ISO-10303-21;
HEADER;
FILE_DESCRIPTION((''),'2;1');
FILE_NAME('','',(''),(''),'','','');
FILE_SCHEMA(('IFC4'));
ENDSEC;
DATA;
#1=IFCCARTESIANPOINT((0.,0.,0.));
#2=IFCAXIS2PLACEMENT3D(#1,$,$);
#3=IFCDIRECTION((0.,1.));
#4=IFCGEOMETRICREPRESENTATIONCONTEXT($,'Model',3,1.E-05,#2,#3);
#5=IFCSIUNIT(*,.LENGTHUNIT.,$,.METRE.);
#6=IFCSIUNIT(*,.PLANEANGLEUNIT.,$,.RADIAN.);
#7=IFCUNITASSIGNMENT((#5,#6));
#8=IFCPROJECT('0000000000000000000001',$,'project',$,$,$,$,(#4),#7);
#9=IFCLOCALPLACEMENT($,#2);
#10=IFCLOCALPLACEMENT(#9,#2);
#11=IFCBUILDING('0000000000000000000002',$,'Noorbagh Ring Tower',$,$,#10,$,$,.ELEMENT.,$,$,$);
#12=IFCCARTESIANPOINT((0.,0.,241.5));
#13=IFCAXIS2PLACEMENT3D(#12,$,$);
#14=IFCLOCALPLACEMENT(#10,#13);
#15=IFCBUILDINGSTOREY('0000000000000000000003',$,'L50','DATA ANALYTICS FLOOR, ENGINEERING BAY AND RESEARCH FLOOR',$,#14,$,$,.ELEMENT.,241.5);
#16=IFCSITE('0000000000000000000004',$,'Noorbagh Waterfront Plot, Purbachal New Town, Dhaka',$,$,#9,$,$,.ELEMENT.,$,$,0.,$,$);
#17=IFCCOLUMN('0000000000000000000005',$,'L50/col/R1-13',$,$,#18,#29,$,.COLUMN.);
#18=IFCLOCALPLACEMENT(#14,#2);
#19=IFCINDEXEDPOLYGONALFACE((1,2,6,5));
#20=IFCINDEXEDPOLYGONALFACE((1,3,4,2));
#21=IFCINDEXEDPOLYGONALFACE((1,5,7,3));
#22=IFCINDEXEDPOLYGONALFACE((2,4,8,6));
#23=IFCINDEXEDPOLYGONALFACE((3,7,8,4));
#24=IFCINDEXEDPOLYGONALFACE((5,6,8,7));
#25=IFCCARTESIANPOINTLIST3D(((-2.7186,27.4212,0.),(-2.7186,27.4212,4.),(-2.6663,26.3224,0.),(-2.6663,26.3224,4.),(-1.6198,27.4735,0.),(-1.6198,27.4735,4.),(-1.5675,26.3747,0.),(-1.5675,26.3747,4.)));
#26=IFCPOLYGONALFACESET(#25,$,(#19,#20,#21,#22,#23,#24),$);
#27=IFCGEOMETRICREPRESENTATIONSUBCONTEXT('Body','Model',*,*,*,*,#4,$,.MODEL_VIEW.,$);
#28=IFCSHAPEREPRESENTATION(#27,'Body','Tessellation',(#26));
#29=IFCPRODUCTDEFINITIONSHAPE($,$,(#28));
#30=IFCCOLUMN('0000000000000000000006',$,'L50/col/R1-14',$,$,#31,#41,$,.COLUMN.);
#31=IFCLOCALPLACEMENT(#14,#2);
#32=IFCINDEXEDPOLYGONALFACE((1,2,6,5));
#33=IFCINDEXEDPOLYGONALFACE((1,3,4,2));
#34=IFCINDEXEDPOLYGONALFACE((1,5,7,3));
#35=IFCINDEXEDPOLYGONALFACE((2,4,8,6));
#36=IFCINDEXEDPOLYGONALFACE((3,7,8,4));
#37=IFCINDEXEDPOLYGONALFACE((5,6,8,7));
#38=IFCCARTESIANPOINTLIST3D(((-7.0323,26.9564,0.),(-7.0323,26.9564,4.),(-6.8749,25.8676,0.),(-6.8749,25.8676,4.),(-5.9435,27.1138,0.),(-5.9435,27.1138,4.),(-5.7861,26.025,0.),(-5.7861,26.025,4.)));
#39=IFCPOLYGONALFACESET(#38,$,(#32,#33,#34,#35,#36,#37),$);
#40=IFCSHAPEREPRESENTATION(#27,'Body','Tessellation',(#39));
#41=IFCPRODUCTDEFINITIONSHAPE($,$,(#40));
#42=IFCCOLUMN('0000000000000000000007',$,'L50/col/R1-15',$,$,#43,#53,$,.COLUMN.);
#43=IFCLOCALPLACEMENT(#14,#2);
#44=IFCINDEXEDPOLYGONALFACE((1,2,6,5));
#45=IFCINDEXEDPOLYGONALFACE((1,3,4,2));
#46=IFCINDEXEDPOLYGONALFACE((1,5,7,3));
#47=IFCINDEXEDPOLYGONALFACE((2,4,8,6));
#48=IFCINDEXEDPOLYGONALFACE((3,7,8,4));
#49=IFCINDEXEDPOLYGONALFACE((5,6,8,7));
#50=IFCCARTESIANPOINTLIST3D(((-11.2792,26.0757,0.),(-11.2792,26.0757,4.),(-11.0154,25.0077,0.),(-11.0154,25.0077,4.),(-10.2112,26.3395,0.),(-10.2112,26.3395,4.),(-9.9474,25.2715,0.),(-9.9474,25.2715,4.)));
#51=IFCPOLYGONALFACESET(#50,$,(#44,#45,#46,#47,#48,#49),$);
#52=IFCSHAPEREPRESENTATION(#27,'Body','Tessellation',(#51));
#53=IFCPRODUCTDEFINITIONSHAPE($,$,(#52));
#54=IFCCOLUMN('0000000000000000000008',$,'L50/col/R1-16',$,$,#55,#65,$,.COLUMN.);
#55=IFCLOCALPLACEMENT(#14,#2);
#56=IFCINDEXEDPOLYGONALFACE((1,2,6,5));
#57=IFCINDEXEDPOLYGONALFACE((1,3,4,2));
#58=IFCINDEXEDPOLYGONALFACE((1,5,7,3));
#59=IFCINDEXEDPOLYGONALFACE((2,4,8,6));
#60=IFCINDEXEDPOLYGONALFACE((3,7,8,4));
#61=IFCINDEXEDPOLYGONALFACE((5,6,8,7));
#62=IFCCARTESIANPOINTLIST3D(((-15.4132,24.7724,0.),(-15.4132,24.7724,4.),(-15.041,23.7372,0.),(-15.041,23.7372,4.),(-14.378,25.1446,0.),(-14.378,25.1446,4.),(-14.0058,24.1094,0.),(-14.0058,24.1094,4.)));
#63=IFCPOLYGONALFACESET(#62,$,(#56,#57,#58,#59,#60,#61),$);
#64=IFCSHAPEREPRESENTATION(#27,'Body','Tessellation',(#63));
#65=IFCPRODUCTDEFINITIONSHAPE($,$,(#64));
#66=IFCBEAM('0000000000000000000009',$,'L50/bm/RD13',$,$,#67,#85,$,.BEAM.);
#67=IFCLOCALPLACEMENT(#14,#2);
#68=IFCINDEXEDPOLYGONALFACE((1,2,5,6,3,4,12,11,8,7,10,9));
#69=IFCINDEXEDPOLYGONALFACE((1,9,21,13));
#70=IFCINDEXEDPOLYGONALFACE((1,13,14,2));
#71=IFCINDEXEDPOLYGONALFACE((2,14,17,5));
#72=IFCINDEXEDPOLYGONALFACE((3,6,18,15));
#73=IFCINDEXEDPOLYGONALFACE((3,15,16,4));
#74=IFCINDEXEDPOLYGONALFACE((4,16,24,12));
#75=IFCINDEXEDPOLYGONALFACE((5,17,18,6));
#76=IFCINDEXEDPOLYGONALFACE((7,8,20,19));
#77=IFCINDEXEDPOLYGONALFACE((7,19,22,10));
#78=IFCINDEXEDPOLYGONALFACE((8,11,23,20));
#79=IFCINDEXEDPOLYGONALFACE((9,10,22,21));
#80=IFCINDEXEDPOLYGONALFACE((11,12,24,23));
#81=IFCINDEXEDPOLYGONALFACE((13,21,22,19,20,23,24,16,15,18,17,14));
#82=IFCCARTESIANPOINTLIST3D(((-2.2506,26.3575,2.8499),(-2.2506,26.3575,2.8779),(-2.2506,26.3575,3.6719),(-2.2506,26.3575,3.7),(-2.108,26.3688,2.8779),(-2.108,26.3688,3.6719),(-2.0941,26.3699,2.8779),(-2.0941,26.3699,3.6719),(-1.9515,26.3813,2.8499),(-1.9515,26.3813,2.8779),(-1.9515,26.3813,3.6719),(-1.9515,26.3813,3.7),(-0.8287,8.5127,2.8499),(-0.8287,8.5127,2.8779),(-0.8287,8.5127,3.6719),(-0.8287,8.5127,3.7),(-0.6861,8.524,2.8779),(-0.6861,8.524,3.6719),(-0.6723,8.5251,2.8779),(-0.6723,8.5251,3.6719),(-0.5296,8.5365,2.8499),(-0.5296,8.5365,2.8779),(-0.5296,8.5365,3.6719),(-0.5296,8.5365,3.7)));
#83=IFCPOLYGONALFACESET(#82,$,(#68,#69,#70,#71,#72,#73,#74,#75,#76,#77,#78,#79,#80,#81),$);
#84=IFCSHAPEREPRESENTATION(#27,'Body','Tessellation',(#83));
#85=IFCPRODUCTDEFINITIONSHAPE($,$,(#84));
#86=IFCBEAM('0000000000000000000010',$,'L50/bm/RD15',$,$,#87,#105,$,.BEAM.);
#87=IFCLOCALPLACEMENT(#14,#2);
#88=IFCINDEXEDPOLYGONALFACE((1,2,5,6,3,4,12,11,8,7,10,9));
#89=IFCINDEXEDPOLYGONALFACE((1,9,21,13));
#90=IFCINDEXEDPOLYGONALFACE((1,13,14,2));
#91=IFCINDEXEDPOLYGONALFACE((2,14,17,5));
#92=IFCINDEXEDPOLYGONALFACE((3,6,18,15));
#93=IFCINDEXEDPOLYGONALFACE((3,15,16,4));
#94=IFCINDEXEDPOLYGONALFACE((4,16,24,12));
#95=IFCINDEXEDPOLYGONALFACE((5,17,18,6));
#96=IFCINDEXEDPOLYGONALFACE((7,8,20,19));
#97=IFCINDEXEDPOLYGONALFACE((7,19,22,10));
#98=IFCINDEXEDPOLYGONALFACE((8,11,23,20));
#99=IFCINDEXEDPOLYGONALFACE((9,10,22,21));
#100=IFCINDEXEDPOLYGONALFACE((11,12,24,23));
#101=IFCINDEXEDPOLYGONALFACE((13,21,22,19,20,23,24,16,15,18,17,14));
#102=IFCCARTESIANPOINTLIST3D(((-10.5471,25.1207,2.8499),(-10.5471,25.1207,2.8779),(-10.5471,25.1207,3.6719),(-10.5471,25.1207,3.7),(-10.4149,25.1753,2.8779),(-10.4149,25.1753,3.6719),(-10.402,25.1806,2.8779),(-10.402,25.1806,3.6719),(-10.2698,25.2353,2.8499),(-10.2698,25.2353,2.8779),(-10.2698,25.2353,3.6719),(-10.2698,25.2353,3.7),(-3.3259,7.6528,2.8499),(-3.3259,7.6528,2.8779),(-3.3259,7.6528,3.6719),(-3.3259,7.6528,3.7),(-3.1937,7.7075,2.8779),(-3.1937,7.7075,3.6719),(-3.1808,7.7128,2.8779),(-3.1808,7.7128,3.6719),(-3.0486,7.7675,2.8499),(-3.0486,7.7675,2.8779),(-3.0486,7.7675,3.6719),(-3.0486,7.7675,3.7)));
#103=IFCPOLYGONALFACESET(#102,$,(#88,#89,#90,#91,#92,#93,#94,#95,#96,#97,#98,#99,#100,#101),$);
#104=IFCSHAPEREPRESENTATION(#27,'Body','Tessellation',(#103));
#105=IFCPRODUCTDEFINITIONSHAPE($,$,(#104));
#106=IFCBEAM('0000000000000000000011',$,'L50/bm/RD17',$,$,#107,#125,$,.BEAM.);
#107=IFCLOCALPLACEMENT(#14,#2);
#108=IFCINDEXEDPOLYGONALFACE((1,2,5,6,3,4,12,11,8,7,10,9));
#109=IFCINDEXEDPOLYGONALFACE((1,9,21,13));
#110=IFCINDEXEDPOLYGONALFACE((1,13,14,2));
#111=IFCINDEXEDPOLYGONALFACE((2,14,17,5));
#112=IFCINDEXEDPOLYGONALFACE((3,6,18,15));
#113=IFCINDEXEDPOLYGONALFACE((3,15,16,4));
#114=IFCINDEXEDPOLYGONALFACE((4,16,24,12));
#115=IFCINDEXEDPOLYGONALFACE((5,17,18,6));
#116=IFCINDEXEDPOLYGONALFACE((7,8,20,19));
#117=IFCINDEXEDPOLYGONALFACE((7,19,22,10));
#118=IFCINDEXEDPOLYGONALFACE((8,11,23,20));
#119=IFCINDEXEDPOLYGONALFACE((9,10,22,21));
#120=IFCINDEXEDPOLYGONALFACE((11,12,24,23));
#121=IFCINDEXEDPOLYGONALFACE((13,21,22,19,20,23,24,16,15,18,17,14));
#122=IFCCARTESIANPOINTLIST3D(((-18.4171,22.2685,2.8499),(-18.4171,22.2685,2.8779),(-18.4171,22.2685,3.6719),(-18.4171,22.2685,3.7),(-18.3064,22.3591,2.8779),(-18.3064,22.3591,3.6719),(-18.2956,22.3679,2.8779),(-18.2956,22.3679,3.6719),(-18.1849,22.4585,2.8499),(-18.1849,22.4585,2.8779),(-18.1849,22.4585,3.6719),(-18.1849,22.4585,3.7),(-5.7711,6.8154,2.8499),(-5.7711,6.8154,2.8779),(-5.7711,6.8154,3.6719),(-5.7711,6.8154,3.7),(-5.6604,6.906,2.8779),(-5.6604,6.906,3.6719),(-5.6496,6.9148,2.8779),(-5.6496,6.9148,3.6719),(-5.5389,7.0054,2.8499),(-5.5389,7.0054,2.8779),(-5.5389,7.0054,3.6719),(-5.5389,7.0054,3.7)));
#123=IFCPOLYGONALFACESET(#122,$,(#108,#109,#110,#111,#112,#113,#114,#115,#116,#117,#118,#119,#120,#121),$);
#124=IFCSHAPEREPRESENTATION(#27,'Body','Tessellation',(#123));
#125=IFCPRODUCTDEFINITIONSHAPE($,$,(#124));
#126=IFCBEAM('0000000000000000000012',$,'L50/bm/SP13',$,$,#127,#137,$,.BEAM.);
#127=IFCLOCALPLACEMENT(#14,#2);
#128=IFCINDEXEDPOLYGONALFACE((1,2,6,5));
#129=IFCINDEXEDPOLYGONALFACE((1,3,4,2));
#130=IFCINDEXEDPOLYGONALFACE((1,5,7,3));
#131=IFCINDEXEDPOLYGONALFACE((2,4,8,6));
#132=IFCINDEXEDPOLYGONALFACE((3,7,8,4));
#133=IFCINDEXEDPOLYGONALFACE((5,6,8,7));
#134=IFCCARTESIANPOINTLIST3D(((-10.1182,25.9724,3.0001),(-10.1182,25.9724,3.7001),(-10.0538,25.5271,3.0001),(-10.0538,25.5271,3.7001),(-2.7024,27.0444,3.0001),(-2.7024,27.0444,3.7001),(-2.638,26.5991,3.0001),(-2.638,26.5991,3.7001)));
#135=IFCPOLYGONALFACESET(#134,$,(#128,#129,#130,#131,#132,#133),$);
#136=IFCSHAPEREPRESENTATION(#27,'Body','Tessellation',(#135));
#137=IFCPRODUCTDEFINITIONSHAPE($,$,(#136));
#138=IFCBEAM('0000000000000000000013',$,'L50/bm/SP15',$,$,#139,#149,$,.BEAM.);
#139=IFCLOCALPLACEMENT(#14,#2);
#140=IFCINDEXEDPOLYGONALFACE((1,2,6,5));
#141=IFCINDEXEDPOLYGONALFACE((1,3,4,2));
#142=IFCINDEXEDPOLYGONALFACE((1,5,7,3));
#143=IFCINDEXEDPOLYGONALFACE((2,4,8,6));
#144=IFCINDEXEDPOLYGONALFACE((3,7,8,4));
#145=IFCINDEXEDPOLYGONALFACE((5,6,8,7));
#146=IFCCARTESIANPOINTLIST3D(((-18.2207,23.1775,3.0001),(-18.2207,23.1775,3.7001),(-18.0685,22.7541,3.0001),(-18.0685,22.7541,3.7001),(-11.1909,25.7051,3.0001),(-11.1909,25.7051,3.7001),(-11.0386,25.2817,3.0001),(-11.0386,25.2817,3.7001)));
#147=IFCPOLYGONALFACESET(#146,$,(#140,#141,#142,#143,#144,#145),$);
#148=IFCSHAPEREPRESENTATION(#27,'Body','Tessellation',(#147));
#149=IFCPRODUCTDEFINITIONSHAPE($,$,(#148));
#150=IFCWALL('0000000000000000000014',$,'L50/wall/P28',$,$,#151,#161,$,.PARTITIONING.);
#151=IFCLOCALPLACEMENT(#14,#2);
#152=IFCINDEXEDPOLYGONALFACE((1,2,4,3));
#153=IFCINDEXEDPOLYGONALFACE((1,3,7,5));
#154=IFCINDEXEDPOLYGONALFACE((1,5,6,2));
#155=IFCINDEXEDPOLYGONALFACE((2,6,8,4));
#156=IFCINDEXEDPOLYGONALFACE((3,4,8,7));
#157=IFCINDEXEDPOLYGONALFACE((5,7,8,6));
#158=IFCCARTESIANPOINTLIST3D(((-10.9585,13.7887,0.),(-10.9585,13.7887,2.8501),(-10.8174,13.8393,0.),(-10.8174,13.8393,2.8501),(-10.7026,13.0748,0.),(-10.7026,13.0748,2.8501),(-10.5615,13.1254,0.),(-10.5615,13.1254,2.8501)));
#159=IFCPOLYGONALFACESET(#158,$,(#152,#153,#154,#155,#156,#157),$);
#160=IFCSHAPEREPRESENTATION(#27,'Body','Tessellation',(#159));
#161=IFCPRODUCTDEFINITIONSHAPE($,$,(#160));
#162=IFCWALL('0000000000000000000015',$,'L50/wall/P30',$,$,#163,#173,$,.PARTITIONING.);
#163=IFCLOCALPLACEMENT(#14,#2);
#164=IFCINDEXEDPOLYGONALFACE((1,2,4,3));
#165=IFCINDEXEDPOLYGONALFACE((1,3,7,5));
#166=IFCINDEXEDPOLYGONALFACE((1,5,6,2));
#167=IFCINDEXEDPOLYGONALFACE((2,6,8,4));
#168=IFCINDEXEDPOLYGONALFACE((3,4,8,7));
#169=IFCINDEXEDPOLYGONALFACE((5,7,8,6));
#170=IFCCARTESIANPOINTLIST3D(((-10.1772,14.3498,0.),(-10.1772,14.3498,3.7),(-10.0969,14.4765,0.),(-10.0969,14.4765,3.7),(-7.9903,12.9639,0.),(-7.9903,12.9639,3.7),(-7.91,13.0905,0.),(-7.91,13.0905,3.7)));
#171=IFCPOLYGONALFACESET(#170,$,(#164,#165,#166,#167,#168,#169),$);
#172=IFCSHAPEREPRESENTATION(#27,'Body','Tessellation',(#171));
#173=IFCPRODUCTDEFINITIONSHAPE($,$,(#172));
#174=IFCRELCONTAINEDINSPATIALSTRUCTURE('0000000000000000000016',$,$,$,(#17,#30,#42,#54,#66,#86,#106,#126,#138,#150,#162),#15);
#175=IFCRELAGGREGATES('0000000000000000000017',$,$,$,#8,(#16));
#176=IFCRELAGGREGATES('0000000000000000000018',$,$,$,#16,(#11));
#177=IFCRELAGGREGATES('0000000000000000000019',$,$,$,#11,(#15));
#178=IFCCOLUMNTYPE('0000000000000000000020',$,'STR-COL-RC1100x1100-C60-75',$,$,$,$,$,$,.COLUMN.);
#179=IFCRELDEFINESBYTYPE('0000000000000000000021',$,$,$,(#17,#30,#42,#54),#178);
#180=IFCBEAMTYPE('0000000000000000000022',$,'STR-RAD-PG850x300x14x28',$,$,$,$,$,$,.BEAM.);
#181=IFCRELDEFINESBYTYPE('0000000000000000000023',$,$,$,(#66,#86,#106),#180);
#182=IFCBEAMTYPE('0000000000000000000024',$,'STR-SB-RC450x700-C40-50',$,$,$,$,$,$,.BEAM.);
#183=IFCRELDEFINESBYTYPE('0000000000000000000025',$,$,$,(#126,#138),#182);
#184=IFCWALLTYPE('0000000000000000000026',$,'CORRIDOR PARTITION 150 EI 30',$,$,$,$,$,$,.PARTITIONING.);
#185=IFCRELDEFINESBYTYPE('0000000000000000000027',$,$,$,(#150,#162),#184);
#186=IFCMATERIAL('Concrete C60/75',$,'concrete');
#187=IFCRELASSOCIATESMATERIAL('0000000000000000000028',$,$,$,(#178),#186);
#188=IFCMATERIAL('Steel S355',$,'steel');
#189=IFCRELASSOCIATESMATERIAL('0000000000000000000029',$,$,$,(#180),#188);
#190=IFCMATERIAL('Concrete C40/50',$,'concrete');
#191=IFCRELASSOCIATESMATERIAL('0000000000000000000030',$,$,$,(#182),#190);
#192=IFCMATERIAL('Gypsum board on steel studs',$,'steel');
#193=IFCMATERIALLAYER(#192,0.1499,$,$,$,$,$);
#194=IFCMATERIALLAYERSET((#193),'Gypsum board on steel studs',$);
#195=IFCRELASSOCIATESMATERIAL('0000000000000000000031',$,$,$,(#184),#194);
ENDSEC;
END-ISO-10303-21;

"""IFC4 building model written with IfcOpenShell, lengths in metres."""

from ifc_helpers import new_model, si_unit, direction, frame, frame_2d, origin, origin_2d, place, context, subcontext, project, spatial, rectangle, i_section, extrude, material, layer, layer_set, material_profile, profile_set, type_object, element, save


model = new_model("IFC4")

# Units and contexts
model_context = context("Model", 3, precision=1e-05, world=origin(), true_north=direction((0.0, 1.0)))
body_context = subcontext(model_context, "Body", "Model", "MODEL_VIEW")
ifc_project = project(units=[si_unit("LENGTHUNIT", "METRE"), si_unit("PLANEANGLEUNIT", "RADIAN")], contexts=[model_context])

# Site, building, storey
site_placement = place(None, origin())
site = spatial("IfcSite", under=ifc_project, at=site_placement, Name="Noorbagh Waterfront Plot, Purbachal New Town, Dhaka", CompositionType="ELEMENT", RefElevation=0.0)
building_placement = place(site_placement, origin())
building = spatial("IfcBuilding", under=site, at=building_placement, Name="Noorbagh Ring Tower", CompositionType="ELEMENT")
storey_placement = place(building_placement, frame((0.0, 0.0, 241.5)))
storey = spatial("IfcBuildingStorey", under=building, at=storey_placement, Name="L50", Description="DATA ANALYTICS FLOOR, ENGINEERING BAY AND RESEARCH FLOOR", CompositionType="ELEMENT", Elevation=241.5)

# Columns
ifc_material_1 = material(Name="Concrete C60/75", Category="concrete")
ifc_material_profile_1 = material_profile(ifc_material_1, rectangle(XDim=1.1001, YDim=1.1001, at=origin_2d()), Name="RC1100x1100")
ifc_profile_set_1 = profile_set([ifc_material_profile_1], Name="Concrete C60/75")
column_type = type_object("IfcColumnType", Name="STR-COL-RC1100x1100-C60-75", PredefinedType="COLUMN", material=ifc_profile_set_1)
for number, where, z_axis, x_axis, name in (
    (1, (-2.1431, 26.8979, 0.0), (0.0, 0.0, 1.0), (-0.998869, -0.047553, 0.0), "L50/col/R1-13"),
    (2, (-6.4092, 26.4907, 0.0), (0.0, 0.0, 1.0), (-0.989713, -0.143066, 0.0), "L50/col/R1-14"),
    (3, (-10.6133, 25.6736, 0.0), (0.0, 0.0, 1.0), (-0.970829, -0.239771, 0.0), "L50/col/R1-15"),
    (4, (-14.7095, 24.4409, 0.0), (0.0, 0.0, 1.0), (-0.941025, -0.338338, 0.0), "L50/col/R1-16"),
):
    element("IfcColumn", number, at=place(storey_placement, frame(where, z_axis=z_axis, x_axis=x_axis)), inside=storey, type_object=column_type, Name=name, PredefinedType="COLUMN", context=body_context, shape_type="SweptSolid", body=[
        extrude(rectangle(XDim=1.1001, YDim=1.1001, at=origin_2d()), origin(), (0.0, 0.0, 1.0), 4.0),
    ])

# Beams
ifc_material_2 = material(Name="Steel S355", Category="steel")
ifc_material_profile_2 = material_profile(ifc_material_2, i_section(OverallWidth=0.3, OverallDepth=0.8501, WebThickness=0.0139, FlangeThickness=0.0281, at=origin_2d()), Name="PG850x300x14x28")
ifc_profile_set_2 = profile_set([ifc_material_profile_2], Name="Steel S355")
beam_type_1 = type_object("IfcBeamType", Name="STR-RAD-PG850x300x14x28", PredefinedType="BEAM", material=ifc_profile_set_2)
beam_1_placement = place(storey_placement, frame((-2.1011, 26.3694, 3.2749), z_axis=(0.079429, -0.996841, 0.0), x_axis=(0.996841, 0.079429, 0.0)))
element("IfcBeam", 5, at=beam_1_placement, inside=storey, type_object=beam_type_1, Name="L50/bm/RD13", PredefinedType="BEAM", context=body_context, shape_type="SweptSolid", body=[
    extrude(i_section(OverallWidth=0.3, OverallDepth=0.8501, WebThickness=0.0139, FlangeThickness=0.0281, at=origin_2d()), origin(), (0.0, 0.0, 1.0), 17.9014),
])
beam_2_placement = place(storey_placement, frame((-10.4084, 25.178, 3.2749), z_axis=(0.382042, -0.924145, 0.0), x_axis=(0.924145, 0.382042, 0.0)))
element("IfcBeam", 6, at=beam_2_placement, inside=storey, type_object=beam_type_1, Name="L50/bm/RD15", PredefinedType="BEAM", context=body_context, shape_type="SweptSolid", body=[
    extrude(i_section(OverallWidth=0.3, OverallDepth=0.8501, WebThickness=0.0139, FlangeThickness=0.0281, at=origin_2d()), origin(), (0.0, 0.0, 1.0), 18.9016),
])
beam_3_placement = place(storey_placement, frame((-18.301, 22.3635, 3.2749), z_axis=(0.633314, -0.773895, 0.0), x_axis=(0.773895, 0.633314, 0.0)))
element("IfcBeam", 7, at=beam_3_placement, inside=storey, type_object=beam_type_1, Name="L50/bm/RD17", PredefinedType="BEAM", context=body_context, shape_type="SweptSolid", body=[
    extrude(i_section(OverallWidth=0.3, OverallDepth=0.8501, WebThickness=0.0139, FlangeThickness=0.0281, at=origin_2d()), origin(), (0.0, 0.0, 1.0), 19.968),
])
ifc_material_3 = material(Name="Concrete C40/50", Category="concrete")
ifc_material_profile_3 = material_profile(ifc_material_3, rectangle(XDim=0.45, YDim=0.7, at=origin_2d()), Name="RC450x700")
ifc_profile_set_3 = profile_set([ifc_material_profile_3], Name="Concrete C40/50")
beam_type_2 = type_object("IfcBeamType", Name="STR-SB-RC450x700-C40-50", PredefinedType="BEAM", material=ifc_profile_set_3)
beam_4_placement = place(storey_placement, frame((-2.6702, 26.8218, 3.3501), z_axis=(-0.989712, -0.143072, 0.0), x_axis=(0.143072, -0.989712, 0.0)))
element("IfcBeam", 8, at=beam_4_placement, inside=storey, type_object=beam_type_2, Name="L50/bm/SP13", PredefinedType="BEAM", context=body_context, shape_type="SweptSolid", body=[
    extrude(rectangle(XDim=0.45, YDim=0.7, at=origin_2d()), origin(), (0.0, 0.0, 1.0), 7.4929),
])
beam_5_placement = place(storey_placement, frame((-11.1147, 25.4934, 3.3501), z_axis=(-0.941021, -0.338348, 0.0), x_axis=(0.338348, -0.941021, 0.0)))
element("IfcBeam", 9, at=beam_5_placement, inside=storey, type_object=beam_type_2, Name="L50/bm/SP15", PredefinedType="BEAM", context=body_context, shape_type="SweptSolid", body=[
    extrude(rectangle(XDim=0.45, YDim=0.7, at=origin_2d()), origin(), (0.0, 0.0, 1.0), 7.4705),
])

# Walls
ifc_material_4 = material(Name="Gypsum board on steel studs", Category="steel")
ifc_layer_1 = layer(ifc_material_4, 0.1499)
ifc_layer_set_1 = layer_set([ifc_layer_1], Name="Gypsum board on steel studs")
wall_type_1 = type_object("IfcWallType", Name="CORRIDOR PARTITION 150 EI 30", PredefinedType="PARTITIONING", material=ifc_layer_set_1)
wall_1_placement = place(storey_placement, frame((-10.8879, 13.814, 0.0), z_axis=(0.0, 0.0, 1.0), x_axis=(0.337397, -0.941363, 0.0)))
element("IfcWall", 10, at=wall_1_placement, inside=storey, type_object=wall_type_1, Name="L50/wall/P28", PredefinedType="PARTITIONING", context=body_context, shape_type="SweptSolid", body=[
    extrude(rectangle(XDim=0.7583, YDim=0.1499, at=frame_2d((0.3792, 0.0))), origin(), (0.0, 0.0, 1.0), 2.8501),
])
wall_2_placement = place(storey_placement, frame((-10.137, 14.4131, 0.0), z_axis=(0.0, 0.0, 1.0), x_axis=(0.844666, -0.535294, 0.0)))
element("IfcWall", 11, at=wall_2_placement, inside=storey, type_object=wall_type_1, Name="L50/wall/P30", PredefinedType="PARTITIONING", context=body_context, shape_type="SweptSolid", body=[
    extrude(rectangle(XDim=2.5891, YDim=0.1499, at=frame_2d((1.2944, 0.0))), origin(), (0.0, 0.0, 1.0), 3.7),
])

save(model, "model.ifc")
